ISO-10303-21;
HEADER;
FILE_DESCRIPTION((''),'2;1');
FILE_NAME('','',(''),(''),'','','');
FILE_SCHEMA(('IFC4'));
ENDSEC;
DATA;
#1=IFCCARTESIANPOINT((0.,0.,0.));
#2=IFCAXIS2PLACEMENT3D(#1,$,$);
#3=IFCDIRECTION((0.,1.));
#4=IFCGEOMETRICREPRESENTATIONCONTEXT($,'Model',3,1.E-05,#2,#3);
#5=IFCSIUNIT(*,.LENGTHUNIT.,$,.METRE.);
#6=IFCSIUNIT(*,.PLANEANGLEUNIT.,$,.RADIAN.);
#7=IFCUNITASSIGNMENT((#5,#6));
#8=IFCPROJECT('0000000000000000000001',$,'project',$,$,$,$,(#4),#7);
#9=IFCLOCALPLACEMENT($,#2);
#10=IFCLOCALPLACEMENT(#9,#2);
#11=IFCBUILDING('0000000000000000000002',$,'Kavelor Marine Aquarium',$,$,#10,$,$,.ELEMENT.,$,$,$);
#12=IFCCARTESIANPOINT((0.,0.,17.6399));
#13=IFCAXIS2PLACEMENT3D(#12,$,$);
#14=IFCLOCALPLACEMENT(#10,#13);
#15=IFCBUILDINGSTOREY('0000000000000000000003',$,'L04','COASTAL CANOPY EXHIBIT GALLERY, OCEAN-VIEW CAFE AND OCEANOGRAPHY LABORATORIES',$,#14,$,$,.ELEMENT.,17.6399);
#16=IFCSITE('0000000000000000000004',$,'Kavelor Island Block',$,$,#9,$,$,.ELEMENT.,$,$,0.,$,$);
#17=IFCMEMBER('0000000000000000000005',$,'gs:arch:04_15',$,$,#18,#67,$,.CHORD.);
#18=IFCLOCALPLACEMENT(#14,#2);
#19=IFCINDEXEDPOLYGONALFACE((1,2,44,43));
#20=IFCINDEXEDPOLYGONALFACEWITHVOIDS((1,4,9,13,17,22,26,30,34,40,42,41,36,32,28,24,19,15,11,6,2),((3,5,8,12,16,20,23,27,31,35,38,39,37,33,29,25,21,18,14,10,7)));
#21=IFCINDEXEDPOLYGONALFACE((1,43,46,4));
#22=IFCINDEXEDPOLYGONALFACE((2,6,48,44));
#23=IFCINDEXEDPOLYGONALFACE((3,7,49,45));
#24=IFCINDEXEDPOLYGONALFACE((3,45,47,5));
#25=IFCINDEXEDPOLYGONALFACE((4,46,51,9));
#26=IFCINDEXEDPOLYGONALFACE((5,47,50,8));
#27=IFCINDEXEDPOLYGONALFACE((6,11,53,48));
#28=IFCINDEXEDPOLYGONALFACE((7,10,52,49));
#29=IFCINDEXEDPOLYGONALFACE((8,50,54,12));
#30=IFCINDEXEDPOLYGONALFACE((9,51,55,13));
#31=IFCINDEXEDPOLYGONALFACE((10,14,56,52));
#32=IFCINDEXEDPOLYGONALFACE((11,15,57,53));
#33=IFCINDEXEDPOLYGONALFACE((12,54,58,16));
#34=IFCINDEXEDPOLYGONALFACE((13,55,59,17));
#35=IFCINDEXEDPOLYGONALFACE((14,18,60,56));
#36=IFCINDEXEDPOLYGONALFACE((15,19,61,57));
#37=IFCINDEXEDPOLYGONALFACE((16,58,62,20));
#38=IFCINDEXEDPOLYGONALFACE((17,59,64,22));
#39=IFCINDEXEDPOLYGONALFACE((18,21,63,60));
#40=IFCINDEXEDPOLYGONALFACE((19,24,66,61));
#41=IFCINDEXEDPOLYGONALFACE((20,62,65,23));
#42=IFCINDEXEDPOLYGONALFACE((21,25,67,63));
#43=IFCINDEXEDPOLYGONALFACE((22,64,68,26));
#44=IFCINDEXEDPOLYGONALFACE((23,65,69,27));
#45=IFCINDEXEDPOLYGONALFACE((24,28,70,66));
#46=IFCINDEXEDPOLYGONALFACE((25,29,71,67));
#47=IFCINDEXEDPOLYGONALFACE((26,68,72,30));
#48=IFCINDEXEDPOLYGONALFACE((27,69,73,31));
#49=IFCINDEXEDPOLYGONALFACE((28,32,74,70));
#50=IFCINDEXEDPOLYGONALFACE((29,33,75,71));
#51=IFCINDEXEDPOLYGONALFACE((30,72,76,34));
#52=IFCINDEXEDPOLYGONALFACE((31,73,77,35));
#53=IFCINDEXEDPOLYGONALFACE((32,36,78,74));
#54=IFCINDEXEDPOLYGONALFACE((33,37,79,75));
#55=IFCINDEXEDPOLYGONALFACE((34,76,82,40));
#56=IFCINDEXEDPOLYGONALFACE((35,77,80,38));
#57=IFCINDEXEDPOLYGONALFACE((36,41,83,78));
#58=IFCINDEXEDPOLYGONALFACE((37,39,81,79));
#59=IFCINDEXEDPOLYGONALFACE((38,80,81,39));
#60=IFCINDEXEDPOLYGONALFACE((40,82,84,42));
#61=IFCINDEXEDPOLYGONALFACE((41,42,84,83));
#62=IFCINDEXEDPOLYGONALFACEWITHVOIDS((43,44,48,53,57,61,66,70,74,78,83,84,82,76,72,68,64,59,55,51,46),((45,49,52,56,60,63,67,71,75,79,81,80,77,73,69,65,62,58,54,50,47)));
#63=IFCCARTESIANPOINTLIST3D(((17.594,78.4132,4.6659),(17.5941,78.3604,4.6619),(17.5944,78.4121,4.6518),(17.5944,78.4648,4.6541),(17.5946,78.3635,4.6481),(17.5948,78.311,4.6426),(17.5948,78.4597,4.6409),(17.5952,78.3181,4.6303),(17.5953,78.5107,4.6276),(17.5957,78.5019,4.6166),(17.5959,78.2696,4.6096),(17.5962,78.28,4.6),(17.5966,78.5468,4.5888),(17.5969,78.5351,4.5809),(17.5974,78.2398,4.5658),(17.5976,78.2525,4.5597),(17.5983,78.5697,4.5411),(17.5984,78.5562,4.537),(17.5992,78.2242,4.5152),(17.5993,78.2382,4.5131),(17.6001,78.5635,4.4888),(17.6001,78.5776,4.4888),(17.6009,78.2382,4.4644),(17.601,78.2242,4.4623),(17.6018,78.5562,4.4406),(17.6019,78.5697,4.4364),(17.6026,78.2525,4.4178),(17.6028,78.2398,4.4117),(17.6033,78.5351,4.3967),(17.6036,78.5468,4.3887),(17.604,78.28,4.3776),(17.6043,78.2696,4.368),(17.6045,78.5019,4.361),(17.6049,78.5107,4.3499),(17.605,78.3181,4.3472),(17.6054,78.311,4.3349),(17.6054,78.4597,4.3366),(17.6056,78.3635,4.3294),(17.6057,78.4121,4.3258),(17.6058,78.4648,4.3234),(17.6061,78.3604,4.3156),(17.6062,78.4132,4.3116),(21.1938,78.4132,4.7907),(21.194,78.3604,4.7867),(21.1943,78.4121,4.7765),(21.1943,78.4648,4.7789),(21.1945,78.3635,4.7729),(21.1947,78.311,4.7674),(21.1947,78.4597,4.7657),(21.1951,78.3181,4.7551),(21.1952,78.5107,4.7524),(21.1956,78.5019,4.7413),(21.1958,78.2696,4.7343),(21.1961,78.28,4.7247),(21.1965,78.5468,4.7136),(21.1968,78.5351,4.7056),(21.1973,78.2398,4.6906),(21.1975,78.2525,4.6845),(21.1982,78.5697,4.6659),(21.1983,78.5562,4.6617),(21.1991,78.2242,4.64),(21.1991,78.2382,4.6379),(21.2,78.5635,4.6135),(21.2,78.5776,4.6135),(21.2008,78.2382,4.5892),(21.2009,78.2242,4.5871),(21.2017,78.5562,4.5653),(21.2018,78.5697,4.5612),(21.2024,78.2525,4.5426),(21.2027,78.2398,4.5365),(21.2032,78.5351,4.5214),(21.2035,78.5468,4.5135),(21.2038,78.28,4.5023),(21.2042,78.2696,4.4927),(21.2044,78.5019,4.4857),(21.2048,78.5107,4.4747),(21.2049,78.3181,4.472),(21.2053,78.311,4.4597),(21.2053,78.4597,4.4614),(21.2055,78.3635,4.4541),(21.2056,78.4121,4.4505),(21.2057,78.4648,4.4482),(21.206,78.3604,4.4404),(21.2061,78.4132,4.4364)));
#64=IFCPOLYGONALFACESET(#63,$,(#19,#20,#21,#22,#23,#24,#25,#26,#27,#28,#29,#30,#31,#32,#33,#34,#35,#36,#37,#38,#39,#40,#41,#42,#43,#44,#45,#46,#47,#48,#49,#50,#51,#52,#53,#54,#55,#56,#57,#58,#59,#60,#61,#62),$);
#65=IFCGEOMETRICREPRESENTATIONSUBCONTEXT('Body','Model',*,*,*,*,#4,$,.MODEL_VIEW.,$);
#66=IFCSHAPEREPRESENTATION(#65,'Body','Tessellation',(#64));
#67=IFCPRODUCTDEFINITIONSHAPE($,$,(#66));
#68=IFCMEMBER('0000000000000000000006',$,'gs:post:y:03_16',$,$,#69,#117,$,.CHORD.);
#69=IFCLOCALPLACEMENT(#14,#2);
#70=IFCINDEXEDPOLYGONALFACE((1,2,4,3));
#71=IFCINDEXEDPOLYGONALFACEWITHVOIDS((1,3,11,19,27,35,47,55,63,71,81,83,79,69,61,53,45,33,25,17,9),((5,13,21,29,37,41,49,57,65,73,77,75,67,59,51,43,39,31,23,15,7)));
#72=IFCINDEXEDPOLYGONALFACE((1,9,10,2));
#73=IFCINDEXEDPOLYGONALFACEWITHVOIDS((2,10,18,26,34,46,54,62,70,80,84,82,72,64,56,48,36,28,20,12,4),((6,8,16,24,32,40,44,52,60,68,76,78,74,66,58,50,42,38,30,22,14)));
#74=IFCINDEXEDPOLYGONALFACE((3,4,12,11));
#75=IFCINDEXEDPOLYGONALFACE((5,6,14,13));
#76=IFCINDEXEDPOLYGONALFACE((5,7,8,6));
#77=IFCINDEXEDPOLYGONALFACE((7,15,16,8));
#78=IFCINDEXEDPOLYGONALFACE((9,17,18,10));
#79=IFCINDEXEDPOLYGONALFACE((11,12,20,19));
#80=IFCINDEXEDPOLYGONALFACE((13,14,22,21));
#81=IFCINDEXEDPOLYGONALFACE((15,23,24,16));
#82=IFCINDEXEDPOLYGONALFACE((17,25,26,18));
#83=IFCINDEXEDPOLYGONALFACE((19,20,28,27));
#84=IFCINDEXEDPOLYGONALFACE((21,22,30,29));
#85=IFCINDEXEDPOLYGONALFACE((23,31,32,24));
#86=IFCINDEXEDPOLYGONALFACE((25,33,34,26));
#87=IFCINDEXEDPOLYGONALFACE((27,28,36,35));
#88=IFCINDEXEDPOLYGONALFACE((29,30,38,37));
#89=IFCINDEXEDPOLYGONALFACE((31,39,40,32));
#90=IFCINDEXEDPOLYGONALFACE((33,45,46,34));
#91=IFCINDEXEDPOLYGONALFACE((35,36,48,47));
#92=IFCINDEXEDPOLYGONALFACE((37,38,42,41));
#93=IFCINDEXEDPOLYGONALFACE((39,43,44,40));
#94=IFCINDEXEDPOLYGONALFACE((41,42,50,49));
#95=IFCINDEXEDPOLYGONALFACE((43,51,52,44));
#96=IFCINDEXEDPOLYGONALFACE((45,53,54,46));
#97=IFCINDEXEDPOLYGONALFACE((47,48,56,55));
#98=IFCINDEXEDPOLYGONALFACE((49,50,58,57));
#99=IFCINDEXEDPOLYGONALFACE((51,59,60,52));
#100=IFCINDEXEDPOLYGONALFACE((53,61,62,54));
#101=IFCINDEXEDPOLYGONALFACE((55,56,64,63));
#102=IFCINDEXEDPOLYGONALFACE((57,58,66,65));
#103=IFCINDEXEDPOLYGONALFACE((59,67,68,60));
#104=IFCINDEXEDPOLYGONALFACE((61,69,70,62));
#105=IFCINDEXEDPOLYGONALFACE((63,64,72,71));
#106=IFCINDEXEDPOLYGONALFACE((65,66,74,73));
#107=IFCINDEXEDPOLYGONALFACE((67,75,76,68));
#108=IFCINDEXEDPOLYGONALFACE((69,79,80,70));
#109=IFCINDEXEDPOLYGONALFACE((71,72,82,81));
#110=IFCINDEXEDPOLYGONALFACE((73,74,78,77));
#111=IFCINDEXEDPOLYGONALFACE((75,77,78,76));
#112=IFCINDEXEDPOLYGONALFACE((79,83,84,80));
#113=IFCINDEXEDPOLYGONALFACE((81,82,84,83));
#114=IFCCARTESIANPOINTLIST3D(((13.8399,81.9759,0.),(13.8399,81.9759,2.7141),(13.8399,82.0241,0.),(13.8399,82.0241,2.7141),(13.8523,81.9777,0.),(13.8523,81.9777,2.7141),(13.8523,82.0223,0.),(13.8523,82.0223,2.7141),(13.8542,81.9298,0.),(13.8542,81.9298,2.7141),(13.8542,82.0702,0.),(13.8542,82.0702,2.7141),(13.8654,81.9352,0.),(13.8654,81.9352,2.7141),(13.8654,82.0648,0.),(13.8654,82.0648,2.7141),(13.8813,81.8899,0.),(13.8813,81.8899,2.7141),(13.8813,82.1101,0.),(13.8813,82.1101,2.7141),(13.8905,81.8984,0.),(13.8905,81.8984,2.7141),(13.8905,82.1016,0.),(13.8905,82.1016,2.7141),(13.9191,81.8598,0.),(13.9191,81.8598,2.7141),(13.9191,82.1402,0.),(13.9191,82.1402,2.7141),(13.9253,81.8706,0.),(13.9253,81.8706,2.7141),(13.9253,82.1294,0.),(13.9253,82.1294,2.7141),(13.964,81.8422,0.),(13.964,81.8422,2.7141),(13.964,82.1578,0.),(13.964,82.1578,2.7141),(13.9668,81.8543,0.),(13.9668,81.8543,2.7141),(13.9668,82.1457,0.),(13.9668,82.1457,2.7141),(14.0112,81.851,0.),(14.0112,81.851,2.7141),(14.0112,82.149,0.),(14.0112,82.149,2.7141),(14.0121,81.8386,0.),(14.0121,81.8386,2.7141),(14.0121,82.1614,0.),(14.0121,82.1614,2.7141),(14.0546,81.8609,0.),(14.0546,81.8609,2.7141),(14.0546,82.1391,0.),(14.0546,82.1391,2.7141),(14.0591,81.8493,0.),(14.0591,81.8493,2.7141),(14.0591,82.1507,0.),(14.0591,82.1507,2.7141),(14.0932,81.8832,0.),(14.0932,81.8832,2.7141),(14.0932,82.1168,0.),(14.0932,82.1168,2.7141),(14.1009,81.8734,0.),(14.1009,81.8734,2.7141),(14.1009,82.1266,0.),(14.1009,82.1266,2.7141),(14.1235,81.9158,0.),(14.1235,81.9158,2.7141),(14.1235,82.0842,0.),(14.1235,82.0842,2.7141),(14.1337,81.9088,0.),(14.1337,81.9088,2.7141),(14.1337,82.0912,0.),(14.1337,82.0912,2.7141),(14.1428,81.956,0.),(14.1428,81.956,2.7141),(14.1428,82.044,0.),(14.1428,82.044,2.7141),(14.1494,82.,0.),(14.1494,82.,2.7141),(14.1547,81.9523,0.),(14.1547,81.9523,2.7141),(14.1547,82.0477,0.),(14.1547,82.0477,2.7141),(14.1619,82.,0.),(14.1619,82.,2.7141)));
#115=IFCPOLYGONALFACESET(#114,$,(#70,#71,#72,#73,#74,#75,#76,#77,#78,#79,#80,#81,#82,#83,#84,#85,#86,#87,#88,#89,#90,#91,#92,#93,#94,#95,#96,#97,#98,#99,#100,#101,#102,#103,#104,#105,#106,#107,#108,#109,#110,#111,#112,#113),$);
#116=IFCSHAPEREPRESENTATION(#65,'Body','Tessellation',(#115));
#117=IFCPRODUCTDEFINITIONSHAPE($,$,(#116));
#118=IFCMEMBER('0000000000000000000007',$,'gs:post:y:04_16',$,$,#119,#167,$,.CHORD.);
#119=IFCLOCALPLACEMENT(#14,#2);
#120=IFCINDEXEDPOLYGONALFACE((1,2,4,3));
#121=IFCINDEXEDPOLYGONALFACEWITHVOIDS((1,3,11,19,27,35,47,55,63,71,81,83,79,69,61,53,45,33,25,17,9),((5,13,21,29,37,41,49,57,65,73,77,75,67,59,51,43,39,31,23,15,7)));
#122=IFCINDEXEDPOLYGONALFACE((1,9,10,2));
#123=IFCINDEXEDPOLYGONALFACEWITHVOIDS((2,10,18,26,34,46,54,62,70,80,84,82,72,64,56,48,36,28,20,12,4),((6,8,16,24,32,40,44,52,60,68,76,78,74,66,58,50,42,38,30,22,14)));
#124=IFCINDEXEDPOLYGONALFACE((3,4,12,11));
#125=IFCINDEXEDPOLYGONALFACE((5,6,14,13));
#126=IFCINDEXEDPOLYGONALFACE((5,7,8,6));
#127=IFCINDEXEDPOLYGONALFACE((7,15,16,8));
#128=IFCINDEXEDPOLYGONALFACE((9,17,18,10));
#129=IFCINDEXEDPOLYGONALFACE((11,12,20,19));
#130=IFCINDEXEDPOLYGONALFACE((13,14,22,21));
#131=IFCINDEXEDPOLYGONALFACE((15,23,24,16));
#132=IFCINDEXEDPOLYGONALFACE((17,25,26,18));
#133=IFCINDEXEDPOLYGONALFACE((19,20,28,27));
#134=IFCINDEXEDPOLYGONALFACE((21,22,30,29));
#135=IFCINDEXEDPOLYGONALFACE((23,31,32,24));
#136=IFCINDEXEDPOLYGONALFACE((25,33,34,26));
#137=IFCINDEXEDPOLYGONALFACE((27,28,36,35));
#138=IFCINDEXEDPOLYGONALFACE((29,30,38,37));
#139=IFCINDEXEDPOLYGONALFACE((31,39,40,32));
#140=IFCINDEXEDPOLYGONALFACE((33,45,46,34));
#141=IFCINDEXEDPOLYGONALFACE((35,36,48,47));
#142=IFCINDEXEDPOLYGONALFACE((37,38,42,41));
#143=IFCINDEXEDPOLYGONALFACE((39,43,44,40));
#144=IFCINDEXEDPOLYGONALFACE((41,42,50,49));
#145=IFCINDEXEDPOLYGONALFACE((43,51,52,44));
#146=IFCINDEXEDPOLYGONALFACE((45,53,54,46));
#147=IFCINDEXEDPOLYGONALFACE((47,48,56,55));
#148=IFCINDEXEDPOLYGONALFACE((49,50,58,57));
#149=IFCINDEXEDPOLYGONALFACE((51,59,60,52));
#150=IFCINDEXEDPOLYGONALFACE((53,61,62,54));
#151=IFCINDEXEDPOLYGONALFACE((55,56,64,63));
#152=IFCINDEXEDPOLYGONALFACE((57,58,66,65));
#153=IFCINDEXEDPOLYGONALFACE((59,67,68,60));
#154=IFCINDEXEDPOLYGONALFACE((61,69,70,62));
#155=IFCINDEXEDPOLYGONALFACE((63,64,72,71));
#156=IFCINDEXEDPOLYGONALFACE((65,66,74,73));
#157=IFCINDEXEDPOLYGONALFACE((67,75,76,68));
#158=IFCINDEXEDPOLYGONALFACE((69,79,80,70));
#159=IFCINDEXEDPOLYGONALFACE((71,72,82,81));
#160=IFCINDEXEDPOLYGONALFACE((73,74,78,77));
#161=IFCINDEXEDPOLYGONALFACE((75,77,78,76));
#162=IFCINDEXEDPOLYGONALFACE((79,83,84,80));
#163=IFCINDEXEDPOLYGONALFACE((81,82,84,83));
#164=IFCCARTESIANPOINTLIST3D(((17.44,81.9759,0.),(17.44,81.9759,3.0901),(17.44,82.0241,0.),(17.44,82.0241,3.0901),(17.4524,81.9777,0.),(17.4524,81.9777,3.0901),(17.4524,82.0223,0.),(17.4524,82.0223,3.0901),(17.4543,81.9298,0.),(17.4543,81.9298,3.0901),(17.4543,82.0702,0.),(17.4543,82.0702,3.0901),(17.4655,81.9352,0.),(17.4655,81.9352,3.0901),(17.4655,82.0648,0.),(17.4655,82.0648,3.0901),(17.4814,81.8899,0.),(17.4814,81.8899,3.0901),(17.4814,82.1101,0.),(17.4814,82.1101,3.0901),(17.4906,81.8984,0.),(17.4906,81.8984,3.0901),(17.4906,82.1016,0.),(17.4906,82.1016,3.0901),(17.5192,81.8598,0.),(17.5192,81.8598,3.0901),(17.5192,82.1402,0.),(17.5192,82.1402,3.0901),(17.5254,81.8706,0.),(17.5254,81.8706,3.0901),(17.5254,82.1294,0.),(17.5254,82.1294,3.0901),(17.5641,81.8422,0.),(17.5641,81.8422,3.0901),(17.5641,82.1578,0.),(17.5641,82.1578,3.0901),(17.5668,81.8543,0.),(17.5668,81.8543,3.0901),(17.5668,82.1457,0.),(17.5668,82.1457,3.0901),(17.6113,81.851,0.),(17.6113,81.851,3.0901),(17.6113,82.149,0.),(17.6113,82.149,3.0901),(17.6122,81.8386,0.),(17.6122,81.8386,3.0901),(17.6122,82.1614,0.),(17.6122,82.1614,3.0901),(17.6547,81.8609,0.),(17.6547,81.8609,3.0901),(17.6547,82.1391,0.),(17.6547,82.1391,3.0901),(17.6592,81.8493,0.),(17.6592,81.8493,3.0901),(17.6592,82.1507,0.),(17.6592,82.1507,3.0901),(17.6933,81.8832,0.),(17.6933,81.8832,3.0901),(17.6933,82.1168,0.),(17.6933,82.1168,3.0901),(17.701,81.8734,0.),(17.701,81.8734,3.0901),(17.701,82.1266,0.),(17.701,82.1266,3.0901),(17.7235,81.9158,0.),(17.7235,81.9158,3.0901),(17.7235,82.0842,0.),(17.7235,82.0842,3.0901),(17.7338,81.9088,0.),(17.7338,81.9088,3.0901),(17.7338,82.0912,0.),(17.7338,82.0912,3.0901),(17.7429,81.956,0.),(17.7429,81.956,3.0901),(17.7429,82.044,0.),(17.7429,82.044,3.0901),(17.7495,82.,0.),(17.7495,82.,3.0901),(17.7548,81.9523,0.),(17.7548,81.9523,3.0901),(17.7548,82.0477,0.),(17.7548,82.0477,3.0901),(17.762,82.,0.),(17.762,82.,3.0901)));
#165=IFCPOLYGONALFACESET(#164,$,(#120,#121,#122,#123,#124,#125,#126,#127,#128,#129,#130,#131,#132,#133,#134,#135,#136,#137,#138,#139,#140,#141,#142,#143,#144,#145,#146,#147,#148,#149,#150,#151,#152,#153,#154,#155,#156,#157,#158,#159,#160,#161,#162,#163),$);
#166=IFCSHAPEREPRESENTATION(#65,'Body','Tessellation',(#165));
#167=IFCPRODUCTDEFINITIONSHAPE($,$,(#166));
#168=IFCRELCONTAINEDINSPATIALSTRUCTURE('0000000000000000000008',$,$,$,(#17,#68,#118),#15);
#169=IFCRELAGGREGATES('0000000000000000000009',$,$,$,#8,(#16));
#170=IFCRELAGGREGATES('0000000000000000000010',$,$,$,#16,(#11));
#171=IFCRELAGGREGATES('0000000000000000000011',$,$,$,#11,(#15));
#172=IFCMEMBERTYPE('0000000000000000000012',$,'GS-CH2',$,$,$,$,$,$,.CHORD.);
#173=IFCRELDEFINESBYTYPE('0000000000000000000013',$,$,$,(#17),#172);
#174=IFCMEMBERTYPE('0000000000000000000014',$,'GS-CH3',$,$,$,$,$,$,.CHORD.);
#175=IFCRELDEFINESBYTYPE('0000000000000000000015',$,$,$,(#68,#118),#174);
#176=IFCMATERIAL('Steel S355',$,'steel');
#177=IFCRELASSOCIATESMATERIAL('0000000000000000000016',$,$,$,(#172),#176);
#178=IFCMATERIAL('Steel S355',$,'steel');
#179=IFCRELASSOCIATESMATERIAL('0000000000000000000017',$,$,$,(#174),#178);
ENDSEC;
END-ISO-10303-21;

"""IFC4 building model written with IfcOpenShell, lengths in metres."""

from ifc_helpers import new_model, si_unit, direction, frame, origin, origin_2d, place, context, subcontext, project, spatial, hollow_circle, extrude, material, material_profile, profile_set, type_object, element, save


model = new_model("IFC4")

# Units and contexts
model_context = context("Model", 3, precision=1e-05, world=origin(), true_north=direction((0.0, 1.0)))
body_context = subcontext(model_context, "Body", "Model", "MODEL_VIEW")
ifc_project = project(units=[si_unit("LENGTHUNIT", "METRE"), si_unit("PLANEANGLEUNIT", "RADIAN")], contexts=[model_context])

# Site, building, storey
site_placement = place(None, origin())
site = spatial("IfcSite", under=ifc_project, at=site_placement, Name="Kavelor Island Block", CompositionType="ELEMENT", RefElevation=0.0)
building_placement = place(site_placement, origin())
building = spatial("IfcBuilding", under=site, at=building_placement, Name="Kavelor Marine Aquarium", CompositionType="ELEMENT")
storey_placement = place(building_placement, frame((0.0, 0.0, 17.6399)))
storey = spatial("IfcBuildingStorey", under=building, at=storey_placement, Name="L04", Description="COASTAL CANOPY EXHIBIT GALLERY, OCEAN-VIEW CAFE AND OCEANOGRAPHY LABORATORIES", CompositionType="ELEMENT", Elevation=17.6399)

# Members
ifc_material_1 = material(Name="Steel S355", Category="steel")
ifc_material_profile_1 = material_profile(ifc_material_1, hollow_circle(Radius=0.1777, WallThickness=0.0142, at=origin_2d()), Name="CHS 355.6x14.2")
ifc_profile_set_1 = profile_set([ifc_material_profile_1], Name="Steel S355")
member_type_1 = type_object("IfcMemberType", Name="GS-CH2", PredefinedType="CHORD", material=ifc_profile_set_1)
member_1_placement = place(storey_placement, frame((17.6001, 78.3999, 4.4888), z_axis=(0.9994, 0.0, 0.034635), x_axis=(0.0, 1.0, 0.0)))
element("IfcMember", 1, at=member_1_placement, inside=storey, type_object=member_type_1, Name="gs:arch:04_15", PredefinedType="CHORD", context=body_context, shape_type="SweptSolid", body=[
    extrude(hollow_circle(Radius=0.1777, WallThickness=0.0142, at=origin_2d()), origin(), (0.0, 0.0, 1.0), 3.6021),
])
ifc_material_2 = material(Name="Steel S355", Category="steel")
ifc_material_profile_2 = material_profile(ifc_material_2, hollow_circle(Radius=0.1619, WallThickness=0.0125, at=origin_2d()), Name="CHS 323.9x12.5")
ifc_profile_set_2 = profile_set([ifc_material_profile_2], Name="Steel S355")
member_type_2 = type_object("IfcMemberType", Name="GS-CH3", PredefinedType="CHORD", material=ifc_profile_set_2)
member_2_placement = place(storey_placement, frame((14.0, 82.0, 0.0), z_axis=(0.0, 0.0, 1.0), x_axis=(1.0, 0.0, 0.0)))
element("IfcMember", 2, at=member_2_placement, inside=storey, type_object=member_type_2, Name="gs:post:y:03_16", PredefinedType="CHORD", context=body_context, shape_type="SweptSolid", body=[
    extrude(hollow_circle(Radius=0.1619, WallThickness=0.0125, at=origin_2d()), origin(), (0.0, 0.0, 1.0), 2.7141),
])
member_3_placement = place(storey_placement, frame((17.6001, 82.0, 0.0), z_axis=(0.0, 0.0, 1.0), x_axis=(1.0, 0.0, 0.0)))
element("IfcMember", 3, at=member_3_placement, inside=storey, type_object=member_type_2, Name="gs:post:y:04_16", PredefinedType="CHORD", context=body_context, shape_type="SweptSolid", body=[
    extrude(hollow_circle(Radius=0.1619, WallThickness=0.0125, at=origin_2d()), origin(), (0.0, 0.0, 1.0), 3.0901),
])

save(model, "model.ifc")
